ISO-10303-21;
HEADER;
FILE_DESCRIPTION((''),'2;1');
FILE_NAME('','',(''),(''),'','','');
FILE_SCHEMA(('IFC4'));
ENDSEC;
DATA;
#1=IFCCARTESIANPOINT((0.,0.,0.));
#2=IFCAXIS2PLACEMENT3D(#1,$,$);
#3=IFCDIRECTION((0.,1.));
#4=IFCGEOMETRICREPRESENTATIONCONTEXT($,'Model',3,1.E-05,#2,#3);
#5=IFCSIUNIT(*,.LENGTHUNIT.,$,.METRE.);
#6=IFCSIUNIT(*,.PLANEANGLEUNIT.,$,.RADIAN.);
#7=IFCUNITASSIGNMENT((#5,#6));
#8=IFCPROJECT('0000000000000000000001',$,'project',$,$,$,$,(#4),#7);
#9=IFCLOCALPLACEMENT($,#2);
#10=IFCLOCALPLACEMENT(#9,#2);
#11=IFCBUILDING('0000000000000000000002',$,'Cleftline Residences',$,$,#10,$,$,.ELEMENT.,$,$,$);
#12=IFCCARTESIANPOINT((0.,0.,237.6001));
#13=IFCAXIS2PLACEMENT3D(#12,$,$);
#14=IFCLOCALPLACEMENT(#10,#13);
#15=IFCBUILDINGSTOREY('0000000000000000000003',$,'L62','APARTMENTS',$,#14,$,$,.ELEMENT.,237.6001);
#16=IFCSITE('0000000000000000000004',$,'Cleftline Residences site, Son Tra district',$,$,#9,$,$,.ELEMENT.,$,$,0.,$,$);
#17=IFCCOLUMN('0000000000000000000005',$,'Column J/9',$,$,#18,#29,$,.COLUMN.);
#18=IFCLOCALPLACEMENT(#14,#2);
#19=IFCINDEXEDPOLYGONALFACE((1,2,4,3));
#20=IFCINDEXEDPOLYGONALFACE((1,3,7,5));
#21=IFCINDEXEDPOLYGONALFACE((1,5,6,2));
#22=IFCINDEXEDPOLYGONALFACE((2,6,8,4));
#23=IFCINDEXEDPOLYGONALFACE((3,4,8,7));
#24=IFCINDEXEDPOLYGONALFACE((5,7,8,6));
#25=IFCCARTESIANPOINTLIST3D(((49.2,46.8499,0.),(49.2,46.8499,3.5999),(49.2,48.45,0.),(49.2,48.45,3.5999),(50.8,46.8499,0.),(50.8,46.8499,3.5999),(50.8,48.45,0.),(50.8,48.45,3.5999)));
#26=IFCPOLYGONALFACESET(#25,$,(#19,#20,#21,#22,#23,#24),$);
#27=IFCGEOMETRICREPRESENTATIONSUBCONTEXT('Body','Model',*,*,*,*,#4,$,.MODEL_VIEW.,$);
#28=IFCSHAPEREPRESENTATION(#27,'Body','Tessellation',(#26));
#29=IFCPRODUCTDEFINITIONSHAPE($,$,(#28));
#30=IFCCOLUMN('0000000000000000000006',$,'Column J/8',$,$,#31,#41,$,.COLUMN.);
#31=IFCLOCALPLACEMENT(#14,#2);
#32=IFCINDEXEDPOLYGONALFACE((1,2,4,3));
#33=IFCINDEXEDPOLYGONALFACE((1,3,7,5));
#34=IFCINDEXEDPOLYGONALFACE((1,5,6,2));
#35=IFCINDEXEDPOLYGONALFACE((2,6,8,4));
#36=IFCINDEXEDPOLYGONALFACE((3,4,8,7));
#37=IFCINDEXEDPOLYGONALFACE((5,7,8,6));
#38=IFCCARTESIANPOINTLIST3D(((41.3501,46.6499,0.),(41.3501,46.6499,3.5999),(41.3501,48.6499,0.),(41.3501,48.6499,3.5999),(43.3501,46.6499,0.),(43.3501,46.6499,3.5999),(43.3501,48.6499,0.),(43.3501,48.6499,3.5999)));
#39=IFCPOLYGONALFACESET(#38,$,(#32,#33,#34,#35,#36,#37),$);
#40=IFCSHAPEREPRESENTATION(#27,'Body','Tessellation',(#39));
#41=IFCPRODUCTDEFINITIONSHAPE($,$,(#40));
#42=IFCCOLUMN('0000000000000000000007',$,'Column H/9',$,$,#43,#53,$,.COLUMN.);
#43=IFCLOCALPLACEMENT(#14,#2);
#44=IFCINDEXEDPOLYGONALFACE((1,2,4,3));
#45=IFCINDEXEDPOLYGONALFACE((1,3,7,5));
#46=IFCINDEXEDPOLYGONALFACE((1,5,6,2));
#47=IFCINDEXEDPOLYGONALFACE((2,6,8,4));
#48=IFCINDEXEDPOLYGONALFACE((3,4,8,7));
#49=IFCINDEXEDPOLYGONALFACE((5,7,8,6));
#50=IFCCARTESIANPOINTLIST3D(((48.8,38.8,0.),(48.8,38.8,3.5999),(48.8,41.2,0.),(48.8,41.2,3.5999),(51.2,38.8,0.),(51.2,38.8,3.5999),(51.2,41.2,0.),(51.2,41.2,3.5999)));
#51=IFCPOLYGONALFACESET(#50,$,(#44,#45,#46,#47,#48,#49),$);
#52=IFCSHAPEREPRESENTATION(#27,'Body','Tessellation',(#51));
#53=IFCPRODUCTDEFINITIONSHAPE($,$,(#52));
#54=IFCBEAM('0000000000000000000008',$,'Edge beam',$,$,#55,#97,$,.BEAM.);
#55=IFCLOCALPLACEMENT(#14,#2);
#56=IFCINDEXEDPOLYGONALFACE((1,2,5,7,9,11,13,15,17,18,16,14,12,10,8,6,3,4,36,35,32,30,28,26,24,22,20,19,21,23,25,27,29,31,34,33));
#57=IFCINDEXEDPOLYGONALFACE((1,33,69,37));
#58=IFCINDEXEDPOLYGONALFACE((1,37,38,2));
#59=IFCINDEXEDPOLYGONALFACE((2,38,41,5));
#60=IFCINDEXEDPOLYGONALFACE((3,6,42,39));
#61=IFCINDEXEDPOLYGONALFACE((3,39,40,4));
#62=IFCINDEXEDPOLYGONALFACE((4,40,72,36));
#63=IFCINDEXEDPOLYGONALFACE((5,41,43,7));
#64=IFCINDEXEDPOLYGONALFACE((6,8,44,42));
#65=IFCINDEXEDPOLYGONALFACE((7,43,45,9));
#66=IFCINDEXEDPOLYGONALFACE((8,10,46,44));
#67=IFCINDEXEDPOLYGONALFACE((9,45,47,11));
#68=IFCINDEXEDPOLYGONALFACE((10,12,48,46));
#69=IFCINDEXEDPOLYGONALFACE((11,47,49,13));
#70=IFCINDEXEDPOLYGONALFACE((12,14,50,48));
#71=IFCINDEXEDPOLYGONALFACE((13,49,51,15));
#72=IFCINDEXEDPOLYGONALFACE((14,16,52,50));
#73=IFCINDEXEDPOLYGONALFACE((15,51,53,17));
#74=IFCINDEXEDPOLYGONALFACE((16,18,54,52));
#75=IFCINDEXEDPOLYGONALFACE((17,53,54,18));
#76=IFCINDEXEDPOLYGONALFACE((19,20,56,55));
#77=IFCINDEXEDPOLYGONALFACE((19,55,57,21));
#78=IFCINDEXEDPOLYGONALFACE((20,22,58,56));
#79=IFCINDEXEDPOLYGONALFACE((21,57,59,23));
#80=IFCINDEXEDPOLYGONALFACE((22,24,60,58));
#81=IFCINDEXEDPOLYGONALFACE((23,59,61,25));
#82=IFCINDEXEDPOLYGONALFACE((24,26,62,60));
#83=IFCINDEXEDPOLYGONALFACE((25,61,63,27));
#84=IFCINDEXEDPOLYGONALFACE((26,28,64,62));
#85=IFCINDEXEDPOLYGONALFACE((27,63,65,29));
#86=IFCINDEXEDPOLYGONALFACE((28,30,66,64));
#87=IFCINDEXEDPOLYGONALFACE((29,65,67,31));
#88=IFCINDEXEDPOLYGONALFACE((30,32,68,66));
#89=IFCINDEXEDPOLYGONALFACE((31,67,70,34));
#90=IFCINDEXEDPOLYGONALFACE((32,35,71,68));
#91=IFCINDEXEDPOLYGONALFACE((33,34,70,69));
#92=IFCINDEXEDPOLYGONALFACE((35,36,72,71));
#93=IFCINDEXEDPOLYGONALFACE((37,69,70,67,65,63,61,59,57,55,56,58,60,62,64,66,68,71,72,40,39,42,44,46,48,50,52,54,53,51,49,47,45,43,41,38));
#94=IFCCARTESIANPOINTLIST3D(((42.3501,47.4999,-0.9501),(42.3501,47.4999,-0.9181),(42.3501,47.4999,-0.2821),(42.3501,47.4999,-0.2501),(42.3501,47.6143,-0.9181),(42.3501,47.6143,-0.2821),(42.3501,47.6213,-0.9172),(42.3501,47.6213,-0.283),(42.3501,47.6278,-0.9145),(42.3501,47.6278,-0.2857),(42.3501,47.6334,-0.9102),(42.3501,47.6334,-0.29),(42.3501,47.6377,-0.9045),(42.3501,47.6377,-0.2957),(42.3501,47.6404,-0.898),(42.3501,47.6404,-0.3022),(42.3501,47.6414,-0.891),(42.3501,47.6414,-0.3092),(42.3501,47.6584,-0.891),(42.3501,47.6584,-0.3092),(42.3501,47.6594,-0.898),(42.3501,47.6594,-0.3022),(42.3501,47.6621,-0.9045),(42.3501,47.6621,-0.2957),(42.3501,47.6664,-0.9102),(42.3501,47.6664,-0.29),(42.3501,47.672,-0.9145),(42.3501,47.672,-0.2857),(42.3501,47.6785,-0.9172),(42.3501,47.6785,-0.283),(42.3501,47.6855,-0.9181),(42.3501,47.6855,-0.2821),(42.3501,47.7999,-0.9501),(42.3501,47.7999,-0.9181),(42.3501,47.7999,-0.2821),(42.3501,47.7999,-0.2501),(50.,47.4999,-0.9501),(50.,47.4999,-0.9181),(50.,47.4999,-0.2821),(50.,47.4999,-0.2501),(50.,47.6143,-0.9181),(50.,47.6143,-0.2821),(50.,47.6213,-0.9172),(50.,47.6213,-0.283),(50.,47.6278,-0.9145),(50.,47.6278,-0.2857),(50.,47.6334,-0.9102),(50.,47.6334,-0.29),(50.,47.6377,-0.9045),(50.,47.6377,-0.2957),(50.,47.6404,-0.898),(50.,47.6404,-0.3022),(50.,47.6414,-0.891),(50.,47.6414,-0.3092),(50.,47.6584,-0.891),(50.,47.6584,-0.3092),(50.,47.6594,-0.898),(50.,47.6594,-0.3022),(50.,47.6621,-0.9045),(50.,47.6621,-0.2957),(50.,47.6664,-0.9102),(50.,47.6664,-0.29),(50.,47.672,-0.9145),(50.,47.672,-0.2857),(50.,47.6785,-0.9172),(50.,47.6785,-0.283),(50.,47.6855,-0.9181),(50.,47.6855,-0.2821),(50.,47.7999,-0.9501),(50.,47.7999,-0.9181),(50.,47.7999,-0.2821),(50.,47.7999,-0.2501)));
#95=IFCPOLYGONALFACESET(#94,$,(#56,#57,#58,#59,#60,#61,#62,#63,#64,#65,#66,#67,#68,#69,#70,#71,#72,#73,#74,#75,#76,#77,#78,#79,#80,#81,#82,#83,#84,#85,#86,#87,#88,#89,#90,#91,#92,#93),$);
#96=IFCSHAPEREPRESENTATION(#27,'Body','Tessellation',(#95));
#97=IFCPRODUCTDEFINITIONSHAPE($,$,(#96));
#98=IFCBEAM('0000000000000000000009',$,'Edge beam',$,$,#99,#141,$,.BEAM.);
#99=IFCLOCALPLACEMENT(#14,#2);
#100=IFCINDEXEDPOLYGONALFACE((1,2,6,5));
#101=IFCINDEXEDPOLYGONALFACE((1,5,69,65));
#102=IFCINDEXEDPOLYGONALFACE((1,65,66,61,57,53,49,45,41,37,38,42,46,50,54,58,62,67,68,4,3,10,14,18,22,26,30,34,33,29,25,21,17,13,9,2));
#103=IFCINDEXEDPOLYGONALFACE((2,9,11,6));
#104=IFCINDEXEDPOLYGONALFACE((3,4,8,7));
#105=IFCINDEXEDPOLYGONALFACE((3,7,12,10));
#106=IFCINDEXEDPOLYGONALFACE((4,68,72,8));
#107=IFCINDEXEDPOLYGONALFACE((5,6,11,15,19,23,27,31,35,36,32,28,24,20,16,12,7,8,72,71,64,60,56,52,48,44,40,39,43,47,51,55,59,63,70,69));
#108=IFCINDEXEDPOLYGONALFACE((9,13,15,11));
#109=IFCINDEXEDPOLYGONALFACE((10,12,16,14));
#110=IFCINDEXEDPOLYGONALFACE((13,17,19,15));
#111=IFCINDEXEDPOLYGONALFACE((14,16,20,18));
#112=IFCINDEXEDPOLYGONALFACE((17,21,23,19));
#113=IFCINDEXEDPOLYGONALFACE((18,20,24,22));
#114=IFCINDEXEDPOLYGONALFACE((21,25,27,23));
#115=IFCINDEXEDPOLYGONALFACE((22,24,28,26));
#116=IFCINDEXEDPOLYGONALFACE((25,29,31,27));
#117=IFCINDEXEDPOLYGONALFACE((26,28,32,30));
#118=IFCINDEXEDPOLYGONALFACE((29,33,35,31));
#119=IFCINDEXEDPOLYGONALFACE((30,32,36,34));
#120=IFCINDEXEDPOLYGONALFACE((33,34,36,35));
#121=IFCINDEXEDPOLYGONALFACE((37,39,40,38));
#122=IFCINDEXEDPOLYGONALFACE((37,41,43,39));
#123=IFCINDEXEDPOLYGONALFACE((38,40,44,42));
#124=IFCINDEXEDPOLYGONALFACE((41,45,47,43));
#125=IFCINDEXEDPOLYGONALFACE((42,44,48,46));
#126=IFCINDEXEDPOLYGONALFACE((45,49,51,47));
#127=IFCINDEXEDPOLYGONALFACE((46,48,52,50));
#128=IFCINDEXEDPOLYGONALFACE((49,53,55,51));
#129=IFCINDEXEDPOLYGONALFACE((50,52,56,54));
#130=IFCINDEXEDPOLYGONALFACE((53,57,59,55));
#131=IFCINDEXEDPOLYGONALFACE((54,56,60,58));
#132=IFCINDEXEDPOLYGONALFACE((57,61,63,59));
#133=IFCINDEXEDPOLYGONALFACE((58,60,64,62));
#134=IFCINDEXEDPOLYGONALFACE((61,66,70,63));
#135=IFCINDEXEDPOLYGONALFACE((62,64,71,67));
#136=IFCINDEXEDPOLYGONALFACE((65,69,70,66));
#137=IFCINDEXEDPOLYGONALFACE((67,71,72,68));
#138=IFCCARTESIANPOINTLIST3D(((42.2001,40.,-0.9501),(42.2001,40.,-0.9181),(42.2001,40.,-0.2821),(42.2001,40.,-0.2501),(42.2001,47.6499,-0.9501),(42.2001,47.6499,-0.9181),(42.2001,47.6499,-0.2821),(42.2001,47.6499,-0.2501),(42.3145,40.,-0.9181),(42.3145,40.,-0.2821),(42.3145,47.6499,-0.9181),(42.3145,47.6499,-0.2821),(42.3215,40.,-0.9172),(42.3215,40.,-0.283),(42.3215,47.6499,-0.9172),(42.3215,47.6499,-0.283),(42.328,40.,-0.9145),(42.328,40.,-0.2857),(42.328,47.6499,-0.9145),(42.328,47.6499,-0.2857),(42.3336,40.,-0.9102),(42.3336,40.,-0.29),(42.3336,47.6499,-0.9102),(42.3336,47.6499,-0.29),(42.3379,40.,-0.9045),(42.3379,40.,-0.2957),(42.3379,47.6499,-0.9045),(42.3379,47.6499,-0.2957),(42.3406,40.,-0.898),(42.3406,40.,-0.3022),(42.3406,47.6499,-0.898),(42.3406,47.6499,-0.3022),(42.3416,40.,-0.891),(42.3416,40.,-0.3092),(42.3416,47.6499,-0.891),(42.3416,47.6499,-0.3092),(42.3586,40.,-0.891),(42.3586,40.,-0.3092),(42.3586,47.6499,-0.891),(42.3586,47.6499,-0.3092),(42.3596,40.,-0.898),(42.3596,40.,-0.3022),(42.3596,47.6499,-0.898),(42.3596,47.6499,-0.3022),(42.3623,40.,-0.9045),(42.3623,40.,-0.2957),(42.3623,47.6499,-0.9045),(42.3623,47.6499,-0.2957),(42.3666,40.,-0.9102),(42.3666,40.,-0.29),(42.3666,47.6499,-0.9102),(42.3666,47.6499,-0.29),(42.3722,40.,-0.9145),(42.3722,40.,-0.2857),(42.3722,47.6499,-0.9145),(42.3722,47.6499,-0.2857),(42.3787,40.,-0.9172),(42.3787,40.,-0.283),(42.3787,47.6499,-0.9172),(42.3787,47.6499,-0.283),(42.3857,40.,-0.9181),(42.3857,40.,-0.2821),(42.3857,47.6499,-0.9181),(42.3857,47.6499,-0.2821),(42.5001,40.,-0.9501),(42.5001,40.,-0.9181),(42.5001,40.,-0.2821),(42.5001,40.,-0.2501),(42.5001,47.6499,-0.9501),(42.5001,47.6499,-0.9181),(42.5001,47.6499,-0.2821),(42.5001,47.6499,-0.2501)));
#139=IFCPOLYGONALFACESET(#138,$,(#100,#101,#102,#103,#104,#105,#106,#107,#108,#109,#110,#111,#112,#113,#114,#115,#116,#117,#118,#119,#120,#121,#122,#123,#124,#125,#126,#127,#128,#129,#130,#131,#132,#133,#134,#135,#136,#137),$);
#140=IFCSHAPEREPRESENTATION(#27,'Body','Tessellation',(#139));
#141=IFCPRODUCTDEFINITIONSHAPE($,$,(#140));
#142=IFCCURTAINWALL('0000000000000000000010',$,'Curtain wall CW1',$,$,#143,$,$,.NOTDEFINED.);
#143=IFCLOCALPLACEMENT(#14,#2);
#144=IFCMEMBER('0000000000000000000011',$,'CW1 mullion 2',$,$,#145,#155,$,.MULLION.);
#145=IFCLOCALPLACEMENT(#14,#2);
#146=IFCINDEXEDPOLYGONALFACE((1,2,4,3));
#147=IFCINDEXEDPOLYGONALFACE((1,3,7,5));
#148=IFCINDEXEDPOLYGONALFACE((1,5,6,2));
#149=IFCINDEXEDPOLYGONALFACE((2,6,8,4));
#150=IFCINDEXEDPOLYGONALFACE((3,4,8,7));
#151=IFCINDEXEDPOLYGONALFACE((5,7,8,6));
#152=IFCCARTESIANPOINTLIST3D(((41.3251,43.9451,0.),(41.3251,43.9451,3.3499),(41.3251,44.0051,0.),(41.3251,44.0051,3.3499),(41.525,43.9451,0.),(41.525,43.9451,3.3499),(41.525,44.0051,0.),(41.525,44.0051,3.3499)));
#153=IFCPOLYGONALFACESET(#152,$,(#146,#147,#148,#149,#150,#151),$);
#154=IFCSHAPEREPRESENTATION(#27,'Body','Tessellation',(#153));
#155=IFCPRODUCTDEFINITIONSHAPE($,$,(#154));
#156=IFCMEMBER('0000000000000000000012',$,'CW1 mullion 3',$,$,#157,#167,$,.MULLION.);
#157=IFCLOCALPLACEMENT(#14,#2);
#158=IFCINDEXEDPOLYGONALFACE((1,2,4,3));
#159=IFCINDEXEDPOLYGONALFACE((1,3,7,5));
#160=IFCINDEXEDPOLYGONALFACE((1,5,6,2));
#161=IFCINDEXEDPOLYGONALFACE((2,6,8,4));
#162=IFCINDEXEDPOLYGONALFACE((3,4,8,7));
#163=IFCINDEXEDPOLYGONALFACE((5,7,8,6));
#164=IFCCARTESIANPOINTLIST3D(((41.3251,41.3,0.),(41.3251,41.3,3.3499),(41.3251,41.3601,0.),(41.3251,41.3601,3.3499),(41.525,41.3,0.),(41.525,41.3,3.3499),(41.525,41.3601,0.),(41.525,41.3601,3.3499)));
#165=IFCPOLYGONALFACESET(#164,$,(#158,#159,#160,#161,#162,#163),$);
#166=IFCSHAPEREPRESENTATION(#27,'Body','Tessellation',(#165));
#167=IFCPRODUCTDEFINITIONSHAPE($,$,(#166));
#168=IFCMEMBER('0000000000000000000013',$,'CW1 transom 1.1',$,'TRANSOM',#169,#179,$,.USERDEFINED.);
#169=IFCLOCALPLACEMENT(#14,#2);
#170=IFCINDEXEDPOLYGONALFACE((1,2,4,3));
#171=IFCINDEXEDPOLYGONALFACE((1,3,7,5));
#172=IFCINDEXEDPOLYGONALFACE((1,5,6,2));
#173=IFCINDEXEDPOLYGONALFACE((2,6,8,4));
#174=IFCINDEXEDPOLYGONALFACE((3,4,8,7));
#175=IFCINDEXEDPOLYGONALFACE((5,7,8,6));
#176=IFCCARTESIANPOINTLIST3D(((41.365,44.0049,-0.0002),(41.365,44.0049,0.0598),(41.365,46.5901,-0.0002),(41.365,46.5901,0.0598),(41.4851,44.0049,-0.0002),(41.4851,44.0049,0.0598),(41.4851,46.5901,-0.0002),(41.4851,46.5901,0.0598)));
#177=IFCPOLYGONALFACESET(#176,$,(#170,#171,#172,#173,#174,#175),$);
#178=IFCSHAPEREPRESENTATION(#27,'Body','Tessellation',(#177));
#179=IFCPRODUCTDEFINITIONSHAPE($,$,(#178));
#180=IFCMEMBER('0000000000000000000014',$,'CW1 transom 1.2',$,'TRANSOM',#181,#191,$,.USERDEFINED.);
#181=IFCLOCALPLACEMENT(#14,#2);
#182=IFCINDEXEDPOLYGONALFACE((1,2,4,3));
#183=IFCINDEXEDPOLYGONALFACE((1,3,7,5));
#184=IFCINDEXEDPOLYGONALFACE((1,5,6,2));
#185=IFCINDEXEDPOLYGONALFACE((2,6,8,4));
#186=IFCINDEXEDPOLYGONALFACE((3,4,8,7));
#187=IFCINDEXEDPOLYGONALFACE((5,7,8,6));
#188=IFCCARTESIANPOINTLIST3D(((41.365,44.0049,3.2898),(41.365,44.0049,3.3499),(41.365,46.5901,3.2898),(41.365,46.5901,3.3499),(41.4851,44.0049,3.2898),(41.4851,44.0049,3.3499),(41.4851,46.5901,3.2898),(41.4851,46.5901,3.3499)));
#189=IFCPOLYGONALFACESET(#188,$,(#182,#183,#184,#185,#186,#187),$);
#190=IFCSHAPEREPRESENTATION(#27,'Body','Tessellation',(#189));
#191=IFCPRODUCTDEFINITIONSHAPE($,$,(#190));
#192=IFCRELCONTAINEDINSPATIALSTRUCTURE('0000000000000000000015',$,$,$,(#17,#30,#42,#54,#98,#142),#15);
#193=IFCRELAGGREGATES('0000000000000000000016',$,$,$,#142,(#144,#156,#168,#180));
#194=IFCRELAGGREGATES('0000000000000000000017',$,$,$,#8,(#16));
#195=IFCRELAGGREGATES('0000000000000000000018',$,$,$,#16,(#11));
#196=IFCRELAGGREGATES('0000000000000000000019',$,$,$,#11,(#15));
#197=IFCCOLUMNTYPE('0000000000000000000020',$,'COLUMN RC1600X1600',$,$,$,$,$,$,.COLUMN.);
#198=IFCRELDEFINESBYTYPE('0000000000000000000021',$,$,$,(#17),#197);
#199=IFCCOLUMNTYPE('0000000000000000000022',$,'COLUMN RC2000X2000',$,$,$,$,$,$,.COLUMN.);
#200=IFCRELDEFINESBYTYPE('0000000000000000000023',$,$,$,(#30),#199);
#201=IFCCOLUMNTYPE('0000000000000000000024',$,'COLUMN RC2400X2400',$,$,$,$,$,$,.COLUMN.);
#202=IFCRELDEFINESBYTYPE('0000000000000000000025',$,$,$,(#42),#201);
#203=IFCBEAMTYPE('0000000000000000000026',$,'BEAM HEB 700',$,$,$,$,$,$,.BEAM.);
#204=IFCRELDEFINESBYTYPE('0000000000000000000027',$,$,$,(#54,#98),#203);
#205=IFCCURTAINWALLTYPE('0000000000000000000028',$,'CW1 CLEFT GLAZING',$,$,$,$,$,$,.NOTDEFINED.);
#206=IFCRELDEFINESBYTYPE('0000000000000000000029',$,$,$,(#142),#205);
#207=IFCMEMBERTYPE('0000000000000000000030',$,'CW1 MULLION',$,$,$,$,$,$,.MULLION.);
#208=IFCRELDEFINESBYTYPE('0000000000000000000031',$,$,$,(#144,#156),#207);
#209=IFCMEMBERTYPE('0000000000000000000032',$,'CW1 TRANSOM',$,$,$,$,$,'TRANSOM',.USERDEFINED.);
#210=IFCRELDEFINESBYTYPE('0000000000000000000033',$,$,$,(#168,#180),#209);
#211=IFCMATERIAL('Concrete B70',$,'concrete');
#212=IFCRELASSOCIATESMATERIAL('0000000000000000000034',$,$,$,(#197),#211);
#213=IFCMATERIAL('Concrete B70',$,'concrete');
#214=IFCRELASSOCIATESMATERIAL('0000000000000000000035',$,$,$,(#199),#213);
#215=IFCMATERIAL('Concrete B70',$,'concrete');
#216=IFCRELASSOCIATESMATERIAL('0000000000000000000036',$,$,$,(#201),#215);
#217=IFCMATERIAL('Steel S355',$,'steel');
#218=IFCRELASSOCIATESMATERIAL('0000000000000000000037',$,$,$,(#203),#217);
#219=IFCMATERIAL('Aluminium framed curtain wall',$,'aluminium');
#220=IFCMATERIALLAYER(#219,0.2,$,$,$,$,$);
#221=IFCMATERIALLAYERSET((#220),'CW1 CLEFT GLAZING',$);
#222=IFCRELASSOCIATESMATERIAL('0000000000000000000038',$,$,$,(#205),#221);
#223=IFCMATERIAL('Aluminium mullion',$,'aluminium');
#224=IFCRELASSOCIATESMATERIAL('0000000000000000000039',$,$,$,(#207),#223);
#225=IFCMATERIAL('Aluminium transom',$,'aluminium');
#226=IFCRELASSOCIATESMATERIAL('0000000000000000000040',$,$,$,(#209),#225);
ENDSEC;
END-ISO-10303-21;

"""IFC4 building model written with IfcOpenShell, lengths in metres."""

from ifc_helpers import new_model, si_unit, direction, frame, origin, origin_2d, place, context, subcontext, project, spatial, rectangle, i_section, extrude, material, layer, layer_set, material_profile, profile_set, type_object, element, aggregate, save


model = new_model("IFC4")

# Units and contexts
model_context = context("Model", 3, precision=1e-05, world=origin(), true_north=direction((0.0, 1.0)))
body_context = subcontext(model_context, "Body", "Model", "MODEL_VIEW")
ifc_project = project(units=[si_unit("LENGTHUNIT", "METRE"), si_unit("PLANEANGLEUNIT", "RADIAN")], contexts=[model_context])

# Site, building, storey
site_placement = place(None, origin())
site = spatial("IfcSite", under=ifc_project, at=site_placement, Name="Cleftline Residences site, Son Tra district", CompositionType="ELEMENT", RefElevation=0.0)
building_placement = place(site_placement, origin())
building = spatial("IfcBuilding", under=site, at=building_placement, Name="Cleftline Residences", CompositionType="ELEMENT")
storey_placement = place(building_placement, frame((0.0, 0.0, 237.6001)))
storey = spatial("IfcBuildingStorey", under=building, at=storey_placement, Name="L62", Description="APARTMENTS", CompositionType="ELEMENT", Elevation=237.6001)

# Columns
ifc_material_1 = material(Name="Concrete B70", Category="concrete")
ifc_material_profile_1 = material_profile(ifc_material_1, rectangle(XDim=1.6001, YDim=1.6001, at=origin_2d()))
ifc_profile_set_1 = profile_set([ifc_material_profile_1], Name="Concrete B70")
column_type_1 = type_object("IfcColumnType", Name="COLUMN RC1600X1600", PredefinedType="COLUMN", material=ifc_profile_set_1)
column_1_placement = place(storey_placement, frame((50.0, 47.6499, 0.0), z_axis=(0.0, 0.0, 1.0), x_axis=(1.0, 0.0, 0.0)))
element("IfcColumn", 1, at=column_1_placement, inside=storey, type_object=column_type_1, Name="Column J/9", PredefinedType="COLUMN", context=body_context, shape_type="SweptSolid", body=[
    extrude(rectangle(XDim=1.6001, YDim=1.6001, at=origin_2d()), origin(), (0.0, 0.0, 1.0), 3.5999),
])
ifc_material_2 = material(Name="Concrete B70", Category="concrete")
ifc_material_profile_2 = material_profile(ifc_material_2, rectangle(XDim=2.0, YDim=2.0, at=origin_2d()))
ifc_profile_set_2 = profile_set([ifc_material_profile_2], Name="Concrete B70")
column_type_2 = type_object("IfcColumnType", Name="COLUMN RC2000X2000", PredefinedType="COLUMN", material=ifc_profile_set_2)
column_2_placement = place(storey_placement, frame((42.3501, 47.6499, 0.0), z_axis=(0.0, 0.0, 1.0), x_axis=(1.0, 0.0, 0.0)))
element("IfcColumn", 2, at=column_2_placement, inside=storey, type_object=column_type_2, Name="Column J/8", PredefinedType="COLUMN", context=body_context, shape_type="SweptSolid", body=[
    extrude(rectangle(XDim=2.0, YDim=2.0, at=origin_2d()), origin(), (0.0, 0.0, 1.0), 3.5999),
])
ifc_material_3 = material(Name="Concrete B70", Category="concrete")
ifc_material_profile_3 = material_profile(ifc_material_3, rectangle(XDim=2.3999, YDim=2.3999, at=origin_2d()))
ifc_profile_set_3 = profile_set([ifc_material_profile_3], Name="Concrete B70")
column_type_3 = type_object("IfcColumnType", Name="COLUMN RC2400X2400", PredefinedType="COLUMN", material=ifc_profile_set_3)
column_3_placement = place(storey_placement, frame((50.0, 40.0, 0.0), z_axis=(0.0, 0.0, 1.0), x_axis=(1.0, 0.0, 0.0)))
element("IfcColumn", 3, at=column_3_placement, inside=storey, type_object=column_type_3, Name="Column H/9", PredefinedType="COLUMN", context=body_context, shape_type="SweptSolid", body=[
    extrude(rectangle(XDim=2.3999, YDim=2.3999, at=origin_2d()), origin(), (0.0, 0.0, 1.0), 3.5999),
])

# Beams
ifc_material_4 = material(Name="Steel S355", Category="steel")
ifc_material_profile_4 = material_profile(ifc_material_4, i_section(OverallWidth=0.3, OverallDepth=0.7, WebThickness=0.0171, FlangeThickness=0.032, FilletRadius=0.0271, at=origin_2d()))
ifc_profile_set_4 = profile_set([ifc_material_profile_4], Name="Steel S355")
beam_type = type_object("IfcBeamType", Name="BEAM HEB 700", PredefinedType="BEAM", material=ifc_profile_set_4)
for number, where, z_axis, x_axis, name in (
    (4, (50.0, 47.6499, -0.6001), (-1.0, 0.0, 0.0), (0.0, -1.0, 0.0), "Edge beam"),
    (5, (42.3501, 47.6499, -0.6001), (0.0, -1.0, 0.0), (1.0, 0.0, 0.0), "Edge beam"),
):
    element("IfcBeam", number, at=place(storey_placement, frame(where, z_axis=z_axis, x_axis=x_axis)), inside=storey, type_object=beam_type, Name=name, PredefinedType="BEAM", context=body_context, shape_type="SweptSolid", body=[
        extrude(i_section(OverallWidth=0.3, OverallDepth=0.7, WebThickness=0.0171, FlangeThickness=0.032, FilletRadius=0.0271, at=origin_2d()), origin(), (0.0, 0.0, 1.0), 7.6499),
    ])

# Curtain wall, members
ifc_material_5 = material(Name="Aluminium framed curtain wall", Category="aluminium")
ifc_layer_1 = layer(ifc_material_5, 0.2)
ifc_layer_set_1 = layer_set([ifc_layer_1], Name="CW1 CLEFT GLAZING")
curtain_wall_type = type_object("IfcCurtainWallType", Name="CW1 CLEFT GLAZING", PredefinedType="NOTDEFINED", material=ifc_layer_set_1)
curtain_wall_placement = place(storey_placement, origin())
curtain_wall = element("IfcCurtainWall", 6, at=curtain_wall_placement, inside=storey, type_object=curtain_wall_type, Name="Curtain wall CW1", PredefinedType="NOTDEFINED")
ifc_material_6 = material(Name="Aluminium mullion", Category="aluminium")
ifc_material_profile_5 = material_profile(ifc_material_6, rectangle(XDim=0.2, YDim=0.0601, at=origin_2d()))
ifc_profile_set_5 = profile_set([ifc_material_profile_5], Name="Aluminium mullion")
member_type_1 = type_object("IfcMemberType", Name="CW1 MULLION", PredefinedType="MULLION", material=ifc_profile_set_5)
member_1_placement = place(storey_placement, frame((41.425, 43.9751, 0.0), z_axis=(0.0, 0.0, 1.0), x_axis=(1.0, 0.0, 0.0)))
member_1 = element("IfcMember", 7, at=member_1_placement, type_object=member_type_1, Name="CW1 mullion 2", PredefinedType="MULLION", context=body_context, shape_type="SweptSolid", body=[
    extrude(rectangle(XDim=0.2, YDim=0.0601, at=origin_2d()), origin(), (0.0, 0.0, 1.0), 3.3499),
])
member_2_placement = place(storey_placement, frame((41.425, 41.3301, 0.0), z_axis=(0.0, 0.0, 1.0), x_axis=(1.0, 0.0, 0.0)))
member_2 = element("IfcMember", 8, at=member_2_placement, type_object=member_type_1, Name="CW1 mullion 3", PredefinedType="MULLION", context=body_context, shape_type="SweptSolid", body=[
    extrude(rectangle(XDim=0.2, YDim=0.0601, at=origin_2d()), origin(), (0.0, 0.0, 1.0), 3.3499),
])
ifc_material_7 = material(Name="Aluminium transom", Category="aluminium")
ifc_material_profile_6 = material_profile(ifc_material_7, rectangle(XDim=0.1201, YDim=0.0601, at=origin_2d()))
ifc_profile_set_6 = profile_set([ifc_material_profile_6], Name="Aluminium transom")
member_type_2 = type_object("IfcMemberType", Name="CW1 TRANSOM", ElementType="TRANSOM", PredefinedType="USERDEFINED", material=ifc_profile_set_6)
member_3_placement = place(storey_placement, frame((41.425, 46.5901, 0.0298), z_axis=(0.0, -1.0, 0.0), x_axis=(1.0, 0.0, 0.0)))
member_3 = element("IfcMember", 9, at=member_3_placement, type_object=member_type_2, Name="CW1 transom 1.1", ObjectType="TRANSOM", PredefinedType="USERDEFINED", context=body_context, shape_type="SweptSolid", body=[
    extrude(rectangle(XDim=0.1201, YDim=0.0601, at=origin_2d()), origin(), (0.0, 0.0, 1.0), 2.5852),
])
member_4_placement = place(storey_placement, frame((41.425, 46.5901, 3.3198), z_axis=(0.0, -1.0, 0.0), x_axis=(1.0, 0.0, 0.0)))
member_4 = element("IfcMember", 10, at=member_4_placement, type_object=member_type_2, Name="CW1 transom 1.2", ObjectType="TRANSOM", PredefinedType="USERDEFINED", context=body_context, shape_type="SweptSolid", body=[
    extrude(rectangle(XDim=0.1201, YDim=0.0601, at=origin_2d()), origin(), (0.0, 0.0, 1.0), 2.5852),
])
aggregate(curtain_wall, [member_1, member_2, member_3, member_4])

save(model, "model.ifc")
